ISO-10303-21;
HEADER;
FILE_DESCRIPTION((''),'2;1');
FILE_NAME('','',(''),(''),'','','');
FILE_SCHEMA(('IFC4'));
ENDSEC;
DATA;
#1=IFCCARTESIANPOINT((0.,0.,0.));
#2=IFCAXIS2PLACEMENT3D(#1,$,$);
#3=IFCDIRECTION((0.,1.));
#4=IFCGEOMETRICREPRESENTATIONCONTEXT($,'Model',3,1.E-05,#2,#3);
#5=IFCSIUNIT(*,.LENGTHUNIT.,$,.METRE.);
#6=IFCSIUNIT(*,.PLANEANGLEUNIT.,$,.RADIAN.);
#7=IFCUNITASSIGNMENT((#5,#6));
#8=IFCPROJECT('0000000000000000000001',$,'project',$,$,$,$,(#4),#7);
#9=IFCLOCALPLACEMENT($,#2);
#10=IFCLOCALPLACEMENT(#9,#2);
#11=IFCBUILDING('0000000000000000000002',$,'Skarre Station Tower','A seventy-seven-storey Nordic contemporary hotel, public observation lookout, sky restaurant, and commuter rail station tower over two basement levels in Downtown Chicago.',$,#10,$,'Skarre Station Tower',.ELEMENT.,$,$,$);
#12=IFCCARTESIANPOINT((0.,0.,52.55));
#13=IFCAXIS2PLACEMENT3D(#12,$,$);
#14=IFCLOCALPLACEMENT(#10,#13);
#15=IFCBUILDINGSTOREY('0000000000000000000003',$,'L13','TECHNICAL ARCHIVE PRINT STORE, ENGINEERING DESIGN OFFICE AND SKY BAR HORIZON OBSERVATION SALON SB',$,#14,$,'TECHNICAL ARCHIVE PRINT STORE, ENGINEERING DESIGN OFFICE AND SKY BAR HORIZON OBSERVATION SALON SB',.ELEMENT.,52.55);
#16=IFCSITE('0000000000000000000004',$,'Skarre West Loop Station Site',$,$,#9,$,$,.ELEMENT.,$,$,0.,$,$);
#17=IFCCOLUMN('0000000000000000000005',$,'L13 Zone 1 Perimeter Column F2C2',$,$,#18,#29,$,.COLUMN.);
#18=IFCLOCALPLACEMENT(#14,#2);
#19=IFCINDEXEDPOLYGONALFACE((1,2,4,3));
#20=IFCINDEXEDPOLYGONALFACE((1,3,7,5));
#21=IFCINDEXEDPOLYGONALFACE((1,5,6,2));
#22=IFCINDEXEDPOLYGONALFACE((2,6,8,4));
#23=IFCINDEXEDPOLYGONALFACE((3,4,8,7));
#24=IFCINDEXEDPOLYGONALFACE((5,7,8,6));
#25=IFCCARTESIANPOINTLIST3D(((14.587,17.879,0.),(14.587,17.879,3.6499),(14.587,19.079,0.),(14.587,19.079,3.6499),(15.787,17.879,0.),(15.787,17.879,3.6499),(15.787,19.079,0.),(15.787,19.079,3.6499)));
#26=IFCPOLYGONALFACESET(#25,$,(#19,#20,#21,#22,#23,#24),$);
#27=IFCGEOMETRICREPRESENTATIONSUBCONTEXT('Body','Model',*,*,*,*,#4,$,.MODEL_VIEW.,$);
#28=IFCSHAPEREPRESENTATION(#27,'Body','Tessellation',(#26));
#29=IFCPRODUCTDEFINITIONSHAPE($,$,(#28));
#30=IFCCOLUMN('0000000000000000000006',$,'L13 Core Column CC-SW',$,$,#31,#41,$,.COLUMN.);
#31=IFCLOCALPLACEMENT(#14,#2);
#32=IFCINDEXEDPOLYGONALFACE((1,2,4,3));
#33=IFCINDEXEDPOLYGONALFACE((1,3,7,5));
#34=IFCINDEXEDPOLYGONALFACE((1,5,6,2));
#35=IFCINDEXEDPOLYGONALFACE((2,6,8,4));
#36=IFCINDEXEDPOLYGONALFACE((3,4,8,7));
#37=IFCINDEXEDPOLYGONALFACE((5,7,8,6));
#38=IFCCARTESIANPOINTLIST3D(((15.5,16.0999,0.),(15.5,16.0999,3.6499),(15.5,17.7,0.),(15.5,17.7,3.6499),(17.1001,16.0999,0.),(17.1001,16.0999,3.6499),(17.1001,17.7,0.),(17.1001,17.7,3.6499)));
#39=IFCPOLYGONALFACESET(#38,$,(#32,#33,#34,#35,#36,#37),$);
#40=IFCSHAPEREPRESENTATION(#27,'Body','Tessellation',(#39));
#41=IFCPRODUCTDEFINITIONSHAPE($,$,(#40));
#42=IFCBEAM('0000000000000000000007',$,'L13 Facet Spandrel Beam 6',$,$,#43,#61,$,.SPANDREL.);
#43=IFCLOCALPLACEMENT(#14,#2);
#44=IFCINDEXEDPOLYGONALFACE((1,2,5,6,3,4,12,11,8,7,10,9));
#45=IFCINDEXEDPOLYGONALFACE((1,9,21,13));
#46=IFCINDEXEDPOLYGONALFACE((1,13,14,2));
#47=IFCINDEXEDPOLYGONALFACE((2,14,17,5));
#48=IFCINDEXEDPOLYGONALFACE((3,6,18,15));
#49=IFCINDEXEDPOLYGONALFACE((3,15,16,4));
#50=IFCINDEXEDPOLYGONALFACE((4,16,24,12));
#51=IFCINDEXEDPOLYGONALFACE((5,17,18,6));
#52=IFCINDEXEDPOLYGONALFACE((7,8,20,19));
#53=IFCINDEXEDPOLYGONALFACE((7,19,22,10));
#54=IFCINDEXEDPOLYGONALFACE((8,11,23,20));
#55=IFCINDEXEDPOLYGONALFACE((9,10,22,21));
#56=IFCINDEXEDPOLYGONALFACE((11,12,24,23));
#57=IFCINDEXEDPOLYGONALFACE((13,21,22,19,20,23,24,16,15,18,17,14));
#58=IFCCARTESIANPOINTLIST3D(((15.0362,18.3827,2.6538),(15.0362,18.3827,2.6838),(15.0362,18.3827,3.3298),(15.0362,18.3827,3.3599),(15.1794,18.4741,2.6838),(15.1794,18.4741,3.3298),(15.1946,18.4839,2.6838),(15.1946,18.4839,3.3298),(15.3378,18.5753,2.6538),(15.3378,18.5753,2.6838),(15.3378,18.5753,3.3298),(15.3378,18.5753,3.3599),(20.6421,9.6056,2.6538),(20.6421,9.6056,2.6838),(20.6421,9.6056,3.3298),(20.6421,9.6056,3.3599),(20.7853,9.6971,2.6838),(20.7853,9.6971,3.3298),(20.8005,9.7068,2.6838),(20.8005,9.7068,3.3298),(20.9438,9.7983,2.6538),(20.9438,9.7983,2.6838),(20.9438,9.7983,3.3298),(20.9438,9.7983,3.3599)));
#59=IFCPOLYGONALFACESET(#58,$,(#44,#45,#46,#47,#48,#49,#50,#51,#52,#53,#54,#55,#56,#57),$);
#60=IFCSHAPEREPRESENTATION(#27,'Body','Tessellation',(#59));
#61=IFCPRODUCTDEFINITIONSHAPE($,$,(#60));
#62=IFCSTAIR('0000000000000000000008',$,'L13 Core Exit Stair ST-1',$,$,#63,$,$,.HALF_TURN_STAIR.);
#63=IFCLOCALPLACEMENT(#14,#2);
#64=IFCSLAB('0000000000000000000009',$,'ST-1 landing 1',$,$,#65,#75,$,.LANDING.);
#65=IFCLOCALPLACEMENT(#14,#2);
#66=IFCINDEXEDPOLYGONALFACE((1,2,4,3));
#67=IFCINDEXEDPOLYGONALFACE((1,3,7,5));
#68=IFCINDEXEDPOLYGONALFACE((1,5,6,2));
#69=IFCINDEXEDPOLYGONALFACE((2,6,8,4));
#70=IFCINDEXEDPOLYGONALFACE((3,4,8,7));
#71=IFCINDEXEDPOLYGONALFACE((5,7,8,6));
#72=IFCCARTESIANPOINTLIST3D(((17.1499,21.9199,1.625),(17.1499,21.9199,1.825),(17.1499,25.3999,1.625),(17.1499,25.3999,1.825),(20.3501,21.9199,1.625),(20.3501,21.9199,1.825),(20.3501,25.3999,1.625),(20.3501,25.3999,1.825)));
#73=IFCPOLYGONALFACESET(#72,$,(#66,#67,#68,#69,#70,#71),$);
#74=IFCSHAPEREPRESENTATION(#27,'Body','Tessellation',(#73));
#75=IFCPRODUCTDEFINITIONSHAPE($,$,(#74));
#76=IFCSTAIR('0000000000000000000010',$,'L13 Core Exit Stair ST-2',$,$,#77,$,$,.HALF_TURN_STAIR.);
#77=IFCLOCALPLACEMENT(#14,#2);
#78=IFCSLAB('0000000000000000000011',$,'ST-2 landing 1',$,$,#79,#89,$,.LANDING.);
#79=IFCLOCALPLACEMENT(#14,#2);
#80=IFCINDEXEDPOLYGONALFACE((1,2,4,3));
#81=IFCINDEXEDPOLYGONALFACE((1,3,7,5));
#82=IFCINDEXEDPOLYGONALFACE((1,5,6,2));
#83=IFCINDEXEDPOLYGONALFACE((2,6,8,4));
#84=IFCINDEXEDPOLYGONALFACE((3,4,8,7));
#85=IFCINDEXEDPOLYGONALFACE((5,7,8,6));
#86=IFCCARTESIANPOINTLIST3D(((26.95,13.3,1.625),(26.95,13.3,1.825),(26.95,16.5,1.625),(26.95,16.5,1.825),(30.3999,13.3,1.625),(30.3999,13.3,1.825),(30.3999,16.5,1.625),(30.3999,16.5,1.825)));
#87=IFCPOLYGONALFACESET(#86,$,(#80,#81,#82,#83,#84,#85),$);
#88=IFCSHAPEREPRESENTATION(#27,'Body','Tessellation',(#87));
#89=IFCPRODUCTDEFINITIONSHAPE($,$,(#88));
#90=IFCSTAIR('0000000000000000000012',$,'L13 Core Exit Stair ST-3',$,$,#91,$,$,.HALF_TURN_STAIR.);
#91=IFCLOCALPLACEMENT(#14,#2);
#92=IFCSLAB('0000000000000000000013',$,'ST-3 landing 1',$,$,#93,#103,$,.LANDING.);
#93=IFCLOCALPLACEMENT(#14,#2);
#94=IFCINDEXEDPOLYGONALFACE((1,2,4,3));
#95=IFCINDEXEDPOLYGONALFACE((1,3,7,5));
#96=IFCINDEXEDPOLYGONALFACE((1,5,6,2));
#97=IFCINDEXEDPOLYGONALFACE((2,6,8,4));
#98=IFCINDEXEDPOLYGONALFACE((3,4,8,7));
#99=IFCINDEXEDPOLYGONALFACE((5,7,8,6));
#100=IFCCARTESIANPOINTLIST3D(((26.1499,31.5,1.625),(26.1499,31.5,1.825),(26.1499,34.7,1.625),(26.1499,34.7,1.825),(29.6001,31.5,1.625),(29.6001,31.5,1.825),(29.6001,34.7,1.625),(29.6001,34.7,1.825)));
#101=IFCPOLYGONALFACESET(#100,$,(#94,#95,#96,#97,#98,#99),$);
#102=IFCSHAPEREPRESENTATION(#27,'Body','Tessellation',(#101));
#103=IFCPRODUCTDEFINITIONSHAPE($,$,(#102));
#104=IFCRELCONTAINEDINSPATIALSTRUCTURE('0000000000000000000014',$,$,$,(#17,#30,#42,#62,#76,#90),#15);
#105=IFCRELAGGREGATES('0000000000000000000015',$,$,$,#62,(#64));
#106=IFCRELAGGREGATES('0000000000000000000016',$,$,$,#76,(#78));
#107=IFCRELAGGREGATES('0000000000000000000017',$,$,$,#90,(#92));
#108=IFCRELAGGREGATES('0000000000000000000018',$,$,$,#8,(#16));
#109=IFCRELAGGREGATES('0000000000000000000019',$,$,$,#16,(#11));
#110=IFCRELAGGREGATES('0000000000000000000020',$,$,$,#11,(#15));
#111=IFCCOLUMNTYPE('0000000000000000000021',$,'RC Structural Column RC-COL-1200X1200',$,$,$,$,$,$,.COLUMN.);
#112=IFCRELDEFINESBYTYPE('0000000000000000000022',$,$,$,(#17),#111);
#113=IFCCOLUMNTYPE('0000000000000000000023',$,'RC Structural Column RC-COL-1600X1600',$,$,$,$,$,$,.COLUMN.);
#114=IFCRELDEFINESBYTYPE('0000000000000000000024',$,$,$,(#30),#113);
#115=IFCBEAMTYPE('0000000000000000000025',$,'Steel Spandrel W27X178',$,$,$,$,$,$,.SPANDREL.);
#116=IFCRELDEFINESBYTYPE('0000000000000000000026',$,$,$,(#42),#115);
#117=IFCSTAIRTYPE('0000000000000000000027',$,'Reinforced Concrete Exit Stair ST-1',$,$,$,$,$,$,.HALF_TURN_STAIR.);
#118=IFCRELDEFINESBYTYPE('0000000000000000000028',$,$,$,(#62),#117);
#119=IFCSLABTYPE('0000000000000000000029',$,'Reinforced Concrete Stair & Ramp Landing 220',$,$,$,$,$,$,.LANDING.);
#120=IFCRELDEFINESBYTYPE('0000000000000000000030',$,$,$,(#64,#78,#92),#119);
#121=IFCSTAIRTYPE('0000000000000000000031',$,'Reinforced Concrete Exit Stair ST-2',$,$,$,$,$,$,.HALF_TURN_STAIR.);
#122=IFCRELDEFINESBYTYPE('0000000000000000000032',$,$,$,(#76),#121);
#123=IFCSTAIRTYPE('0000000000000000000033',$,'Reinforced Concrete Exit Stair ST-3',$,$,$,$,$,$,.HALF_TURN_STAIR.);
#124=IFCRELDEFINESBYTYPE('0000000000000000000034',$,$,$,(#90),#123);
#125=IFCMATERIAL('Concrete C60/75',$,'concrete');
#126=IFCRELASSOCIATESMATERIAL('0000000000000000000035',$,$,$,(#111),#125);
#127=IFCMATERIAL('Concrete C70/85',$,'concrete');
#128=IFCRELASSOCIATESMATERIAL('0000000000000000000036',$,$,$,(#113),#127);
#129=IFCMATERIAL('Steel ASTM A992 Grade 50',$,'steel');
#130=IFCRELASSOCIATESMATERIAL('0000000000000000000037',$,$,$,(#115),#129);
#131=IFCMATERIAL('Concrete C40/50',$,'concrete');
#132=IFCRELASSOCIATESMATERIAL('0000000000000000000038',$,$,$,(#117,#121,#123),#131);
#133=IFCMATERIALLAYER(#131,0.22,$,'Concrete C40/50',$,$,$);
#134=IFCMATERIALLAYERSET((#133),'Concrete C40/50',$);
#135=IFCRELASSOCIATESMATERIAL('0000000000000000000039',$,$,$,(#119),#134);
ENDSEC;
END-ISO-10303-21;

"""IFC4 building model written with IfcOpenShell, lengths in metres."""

from ifc_helpers import new_model, si_unit, direction, frame, origin, origin_2d, place, context, subcontext, project, spatial, polyline, rectangle, i_section, outline, extrude, material, layer, layer_set, material_profile, profile_set, type_object, element, aggregate, save


model = new_model("IFC4")

# Units and contexts
model_context = context("Model", 3, precision=1e-05, world=origin(), true_north=direction((0.0, 1.0)))
body_context = subcontext(model_context, "Body", "Model", "MODEL_VIEW")
ifc_project = project(units=[si_unit("LENGTHUNIT", "METRE"), si_unit("PLANEANGLEUNIT", "RADIAN")], contexts=[model_context])

# Site, building, storey
site_placement = place(None, origin())
site = spatial("IfcSite", under=ifc_project, at=site_placement, Name="Skarre West Loop Station Site", CompositionType="ELEMENT", RefElevation=0.0)
building_placement = place(site_placement, origin())
building = spatial("IfcBuilding", under=site, at=building_placement, Name="Skarre Station Tower", Description="A seventy-seven-storey Nordic contemporary hotel, public observation lookout, sky restaurant, and commuter rail station tower over two basement levels in Downtown Chicago.", LongName="Skarre Station Tower", CompositionType="ELEMENT")
storey_placement = place(building_placement, frame((0.0, 0.0, 52.55)))
storey = spatial("IfcBuildingStorey", under=building, at=storey_placement, Name="L13", Description="TECHNICAL ARCHIVE PRINT STORE, ENGINEERING DESIGN OFFICE AND SKY BAR HORIZON OBSERVATION SALON SB", LongName="TECHNICAL ARCHIVE PRINT STORE, ENGINEERING DESIGN OFFICE AND SKY BAR HORIZON OBSERVATION SALON SB", CompositionType="ELEMENT", Elevation=52.55)

# Columns
ifc_material_1 = material(Name="Concrete C60/75", Category="concrete")
ifc_material_profile_1 = material_profile(ifc_material_1, rectangle(XDim=1.2, YDim=1.2, at=origin_2d()), Name="Concrete C60/75")
ifc_profile_set_1 = profile_set([ifc_material_profile_1], Name="Concrete C60/75")
column_type_1 = type_object("IfcColumnType", Name="RC Structural Column RC-COL-1200X1200", PredefinedType="COLUMN", material=ifc_profile_set_1)
column_1_placement = place(storey_placement, frame((15.187, 18.479, 0.0), z_axis=(0.0, 0.0, 1.0), x_axis=(1.0, 0.0, 0.0)))
element("IfcColumn", 1, at=column_1_placement, inside=storey, type_object=column_type_1, Name="L13 Zone 1 Perimeter Column F2C2", PredefinedType="COLUMN", context=body_context, shape_type="SweptSolid", body=[
    extrude(rectangle(XDim=1.2, YDim=1.2, at=origin_2d()), origin(), (0.0, 0.0, 1.0), 3.6499),
])
ifc_material_2 = material(Name="Concrete C70/85", Category="concrete")
ifc_material_profile_2 = material_profile(ifc_material_2, rectangle(XDim=1.6001, YDim=1.6001, at=origin_2d()), Name="Concrete C70/85")
ifc_profile_set_2 = profile_set([ifc_material_profile_2], Name="Concrete C70/85")
column_type_2 = type_object("IfcColumnType", Name="RC Structural Column RC-COL-1600X1600", PredefinedType="COLUMN", material=ifc_profile_set_2)
column_2_placement = place(storey_placement, frame((16.3, 16.8999, 0.0), z_axis=(0.0, 0.0, 1.0), x_axis=(1.0, 0.0, 0.0)))
element("IfcColumn", 2, at=column_2_placement, inside=storey, type_object=column_type_2, Name="L13 Core Column CC-SW", PredefinedType="COLUMN", context=body_context, shape_type="SweptSolid", body=[
    extrude(rectangle(XDim=1.6001, YDim=1.6001, at=origin_2d()), origin(), (0.0, 0.0, 1.0), 3.6499),
])

# Beam
ifc_material_3 = material(Name="Steel ASTM A992 Grade 50", Category="steel")
ifc_material_profile_3 = material_profile(ifc_material_3, i_section(OverallWidth=0.3579, OverallDepth=0.7061, WebThickness=0.0181, FlangeThickness=0.03, at=origin_2d()), Name="Steel ASTM A992 Grade 50")
ifc_profile_set_3 = profile_set([ifc_material_profile_3], Name="Steel ASTM A992 Grade 50")
beam_type = type_object("IfcBeamType", Name="Steel Spandrel W27X178", PredefinedType="SPANDREL", material=ifc_profile_set_3)
beam_placement = place(storey_placement, frame((15.187, 18.479, 3.0068), z_axis=(0.538278, -0.842767, 0.0), x_axis=(0.842767, 0.538278, 0.0)))
element("IfcBeam", 3, at=beam_placement, inside=storey, type_object=beam_type, Name="L13 Facet Spandrel Beam 6", PredefinedType="SPANDREL", context=body_context, shape_type="SweptSolid", body=[
    extrude(i_section(OverallWidth=0.3579, OverallDepth=0.7061, WebThickness=0.0181, FlangeThickness=0.03, at=origin_2d()), origin(), (0.0, 0.0, 1.0), 10.4146),
])

# Stairs, slabs
ifc_material_4 = material(Name="Concrete C40/50", Category="concrete")
stair_type_1 = type_object("IfcStairType", Name="Reinforced Concrete Exit Stair ST-1", PredefinedType="HALF_TURN_STAIR", material=ifc_material_4)
stair_1_placement = place(storey_placement, origin())
stair_1 = element("IfcStair", 4, at=stair_1_placement, inside=storey, type_object=stair_type_1, Name="L13 Core Exit Stair ST-1", PredefinedType="HALF_TURN_STAIR")
ifc_layer_1 = layer(ifc_material_4, 0.22, Name="Concrete C40/50")
ifc_layer_set_1 = layer_set([ifc_layer_1], Name="Concrete C40/50")
slab_type_1 = type_object("IfcSlabType", Name="Reinforced Concrete Stair & Ramp Landing 220", PredefinedType="LANDING", material=ifc_layer_set_1)
slab_1_placement = place(storey_placement, frame((0.0, 0.0, 1.625)))
slab_1 = element("IfcSlab", 5, at=slab_1_placement, type_object=slab_type_1, Name="ST-1 landing 1", PredefinedType="LANDING", context=body_context, shape_type="SweptSolid", body=[
    extrude(outline(polyline([(20.3501, 21.9199), (20.3501, 25.3999), (17.1499, 25.3999), (17.1499, 21.9199), (20.3501, 21.9199)])), origin(), (0.0, 0.0, 1.0), 0.2),
])
aggregate(stair_1, [slab_1])
stair_type_2 = type_object("IfcStairType", Name="Reinforced Concrete Exit Stair ST-2", PredefinedType="HALF_TURN_STAIR", material=ifc_material_4)
stair_2_placement = place(storey_placement, origin())
stair_2 = element("IfcStair", 6, at=stair_2_placement, inside=storey, type_object=stair_type_2, Name="L13 Core Exit Stair ST-2", PredefinedType="HALF_TURN_STAIR")
slab_2_placement = place(storey_placement, frame((0.0, 0.0, 1.625)))
slab_2 = element("IfcSlab", 7, at=slab_2_placement, type_object=slab_type_1, Name="ST-2 landing 1", PredefinedType="LANDING", context=body_context, shape_type="SweptSolid", body=[
    extrude(outline(polyline([(26.95, 13.3), (30.3999, 13.3), (30.3999, 16.5), (26.95, 16.5), (26.95, 13.3)])), origin(), (0.0, 0.0, 1.0), 0.2),
])
aggregate(stair_2, [slab_2])
stair_type_3 = type_object("IfcStairType", Name="Reinforced Concrete Exit Stair ST-3", PredefinedType="HALF_TURN_STAIR", material=ifc_material_4)
stair_3_placement = place(storey_placement, origin())
stair_3 = element("IfcStair", 8, at=stair_3_placement, inside=storey, type_object=stair_type_3, Name="L13 Core Exit Stair ST-3", PredefinedType="HALF_TURN_STAIR")
slab_3_placement = place(storey_placement, frame((0.0, 0.0, 1.625)))
slab_3 = element("IfcSlab", 9, at=slab_3_placement, type_object=slab_type_1, Name="ST-3 landing 1", PredefinedType="LANDING", context=body_context, shape_type="SweptSolid", body=[
    extrude(outline(polyline([(26.1499, 31.5), (29.6001, 31.5), (29.6001, 34.7), (26.1499, 34.7), (26.1499, 31.5)])), origin(), (0.0, 0.0, 1.0), 0.2),
])
aggregate(stair_3, [slab_3])

save(model, "model.ifc")
